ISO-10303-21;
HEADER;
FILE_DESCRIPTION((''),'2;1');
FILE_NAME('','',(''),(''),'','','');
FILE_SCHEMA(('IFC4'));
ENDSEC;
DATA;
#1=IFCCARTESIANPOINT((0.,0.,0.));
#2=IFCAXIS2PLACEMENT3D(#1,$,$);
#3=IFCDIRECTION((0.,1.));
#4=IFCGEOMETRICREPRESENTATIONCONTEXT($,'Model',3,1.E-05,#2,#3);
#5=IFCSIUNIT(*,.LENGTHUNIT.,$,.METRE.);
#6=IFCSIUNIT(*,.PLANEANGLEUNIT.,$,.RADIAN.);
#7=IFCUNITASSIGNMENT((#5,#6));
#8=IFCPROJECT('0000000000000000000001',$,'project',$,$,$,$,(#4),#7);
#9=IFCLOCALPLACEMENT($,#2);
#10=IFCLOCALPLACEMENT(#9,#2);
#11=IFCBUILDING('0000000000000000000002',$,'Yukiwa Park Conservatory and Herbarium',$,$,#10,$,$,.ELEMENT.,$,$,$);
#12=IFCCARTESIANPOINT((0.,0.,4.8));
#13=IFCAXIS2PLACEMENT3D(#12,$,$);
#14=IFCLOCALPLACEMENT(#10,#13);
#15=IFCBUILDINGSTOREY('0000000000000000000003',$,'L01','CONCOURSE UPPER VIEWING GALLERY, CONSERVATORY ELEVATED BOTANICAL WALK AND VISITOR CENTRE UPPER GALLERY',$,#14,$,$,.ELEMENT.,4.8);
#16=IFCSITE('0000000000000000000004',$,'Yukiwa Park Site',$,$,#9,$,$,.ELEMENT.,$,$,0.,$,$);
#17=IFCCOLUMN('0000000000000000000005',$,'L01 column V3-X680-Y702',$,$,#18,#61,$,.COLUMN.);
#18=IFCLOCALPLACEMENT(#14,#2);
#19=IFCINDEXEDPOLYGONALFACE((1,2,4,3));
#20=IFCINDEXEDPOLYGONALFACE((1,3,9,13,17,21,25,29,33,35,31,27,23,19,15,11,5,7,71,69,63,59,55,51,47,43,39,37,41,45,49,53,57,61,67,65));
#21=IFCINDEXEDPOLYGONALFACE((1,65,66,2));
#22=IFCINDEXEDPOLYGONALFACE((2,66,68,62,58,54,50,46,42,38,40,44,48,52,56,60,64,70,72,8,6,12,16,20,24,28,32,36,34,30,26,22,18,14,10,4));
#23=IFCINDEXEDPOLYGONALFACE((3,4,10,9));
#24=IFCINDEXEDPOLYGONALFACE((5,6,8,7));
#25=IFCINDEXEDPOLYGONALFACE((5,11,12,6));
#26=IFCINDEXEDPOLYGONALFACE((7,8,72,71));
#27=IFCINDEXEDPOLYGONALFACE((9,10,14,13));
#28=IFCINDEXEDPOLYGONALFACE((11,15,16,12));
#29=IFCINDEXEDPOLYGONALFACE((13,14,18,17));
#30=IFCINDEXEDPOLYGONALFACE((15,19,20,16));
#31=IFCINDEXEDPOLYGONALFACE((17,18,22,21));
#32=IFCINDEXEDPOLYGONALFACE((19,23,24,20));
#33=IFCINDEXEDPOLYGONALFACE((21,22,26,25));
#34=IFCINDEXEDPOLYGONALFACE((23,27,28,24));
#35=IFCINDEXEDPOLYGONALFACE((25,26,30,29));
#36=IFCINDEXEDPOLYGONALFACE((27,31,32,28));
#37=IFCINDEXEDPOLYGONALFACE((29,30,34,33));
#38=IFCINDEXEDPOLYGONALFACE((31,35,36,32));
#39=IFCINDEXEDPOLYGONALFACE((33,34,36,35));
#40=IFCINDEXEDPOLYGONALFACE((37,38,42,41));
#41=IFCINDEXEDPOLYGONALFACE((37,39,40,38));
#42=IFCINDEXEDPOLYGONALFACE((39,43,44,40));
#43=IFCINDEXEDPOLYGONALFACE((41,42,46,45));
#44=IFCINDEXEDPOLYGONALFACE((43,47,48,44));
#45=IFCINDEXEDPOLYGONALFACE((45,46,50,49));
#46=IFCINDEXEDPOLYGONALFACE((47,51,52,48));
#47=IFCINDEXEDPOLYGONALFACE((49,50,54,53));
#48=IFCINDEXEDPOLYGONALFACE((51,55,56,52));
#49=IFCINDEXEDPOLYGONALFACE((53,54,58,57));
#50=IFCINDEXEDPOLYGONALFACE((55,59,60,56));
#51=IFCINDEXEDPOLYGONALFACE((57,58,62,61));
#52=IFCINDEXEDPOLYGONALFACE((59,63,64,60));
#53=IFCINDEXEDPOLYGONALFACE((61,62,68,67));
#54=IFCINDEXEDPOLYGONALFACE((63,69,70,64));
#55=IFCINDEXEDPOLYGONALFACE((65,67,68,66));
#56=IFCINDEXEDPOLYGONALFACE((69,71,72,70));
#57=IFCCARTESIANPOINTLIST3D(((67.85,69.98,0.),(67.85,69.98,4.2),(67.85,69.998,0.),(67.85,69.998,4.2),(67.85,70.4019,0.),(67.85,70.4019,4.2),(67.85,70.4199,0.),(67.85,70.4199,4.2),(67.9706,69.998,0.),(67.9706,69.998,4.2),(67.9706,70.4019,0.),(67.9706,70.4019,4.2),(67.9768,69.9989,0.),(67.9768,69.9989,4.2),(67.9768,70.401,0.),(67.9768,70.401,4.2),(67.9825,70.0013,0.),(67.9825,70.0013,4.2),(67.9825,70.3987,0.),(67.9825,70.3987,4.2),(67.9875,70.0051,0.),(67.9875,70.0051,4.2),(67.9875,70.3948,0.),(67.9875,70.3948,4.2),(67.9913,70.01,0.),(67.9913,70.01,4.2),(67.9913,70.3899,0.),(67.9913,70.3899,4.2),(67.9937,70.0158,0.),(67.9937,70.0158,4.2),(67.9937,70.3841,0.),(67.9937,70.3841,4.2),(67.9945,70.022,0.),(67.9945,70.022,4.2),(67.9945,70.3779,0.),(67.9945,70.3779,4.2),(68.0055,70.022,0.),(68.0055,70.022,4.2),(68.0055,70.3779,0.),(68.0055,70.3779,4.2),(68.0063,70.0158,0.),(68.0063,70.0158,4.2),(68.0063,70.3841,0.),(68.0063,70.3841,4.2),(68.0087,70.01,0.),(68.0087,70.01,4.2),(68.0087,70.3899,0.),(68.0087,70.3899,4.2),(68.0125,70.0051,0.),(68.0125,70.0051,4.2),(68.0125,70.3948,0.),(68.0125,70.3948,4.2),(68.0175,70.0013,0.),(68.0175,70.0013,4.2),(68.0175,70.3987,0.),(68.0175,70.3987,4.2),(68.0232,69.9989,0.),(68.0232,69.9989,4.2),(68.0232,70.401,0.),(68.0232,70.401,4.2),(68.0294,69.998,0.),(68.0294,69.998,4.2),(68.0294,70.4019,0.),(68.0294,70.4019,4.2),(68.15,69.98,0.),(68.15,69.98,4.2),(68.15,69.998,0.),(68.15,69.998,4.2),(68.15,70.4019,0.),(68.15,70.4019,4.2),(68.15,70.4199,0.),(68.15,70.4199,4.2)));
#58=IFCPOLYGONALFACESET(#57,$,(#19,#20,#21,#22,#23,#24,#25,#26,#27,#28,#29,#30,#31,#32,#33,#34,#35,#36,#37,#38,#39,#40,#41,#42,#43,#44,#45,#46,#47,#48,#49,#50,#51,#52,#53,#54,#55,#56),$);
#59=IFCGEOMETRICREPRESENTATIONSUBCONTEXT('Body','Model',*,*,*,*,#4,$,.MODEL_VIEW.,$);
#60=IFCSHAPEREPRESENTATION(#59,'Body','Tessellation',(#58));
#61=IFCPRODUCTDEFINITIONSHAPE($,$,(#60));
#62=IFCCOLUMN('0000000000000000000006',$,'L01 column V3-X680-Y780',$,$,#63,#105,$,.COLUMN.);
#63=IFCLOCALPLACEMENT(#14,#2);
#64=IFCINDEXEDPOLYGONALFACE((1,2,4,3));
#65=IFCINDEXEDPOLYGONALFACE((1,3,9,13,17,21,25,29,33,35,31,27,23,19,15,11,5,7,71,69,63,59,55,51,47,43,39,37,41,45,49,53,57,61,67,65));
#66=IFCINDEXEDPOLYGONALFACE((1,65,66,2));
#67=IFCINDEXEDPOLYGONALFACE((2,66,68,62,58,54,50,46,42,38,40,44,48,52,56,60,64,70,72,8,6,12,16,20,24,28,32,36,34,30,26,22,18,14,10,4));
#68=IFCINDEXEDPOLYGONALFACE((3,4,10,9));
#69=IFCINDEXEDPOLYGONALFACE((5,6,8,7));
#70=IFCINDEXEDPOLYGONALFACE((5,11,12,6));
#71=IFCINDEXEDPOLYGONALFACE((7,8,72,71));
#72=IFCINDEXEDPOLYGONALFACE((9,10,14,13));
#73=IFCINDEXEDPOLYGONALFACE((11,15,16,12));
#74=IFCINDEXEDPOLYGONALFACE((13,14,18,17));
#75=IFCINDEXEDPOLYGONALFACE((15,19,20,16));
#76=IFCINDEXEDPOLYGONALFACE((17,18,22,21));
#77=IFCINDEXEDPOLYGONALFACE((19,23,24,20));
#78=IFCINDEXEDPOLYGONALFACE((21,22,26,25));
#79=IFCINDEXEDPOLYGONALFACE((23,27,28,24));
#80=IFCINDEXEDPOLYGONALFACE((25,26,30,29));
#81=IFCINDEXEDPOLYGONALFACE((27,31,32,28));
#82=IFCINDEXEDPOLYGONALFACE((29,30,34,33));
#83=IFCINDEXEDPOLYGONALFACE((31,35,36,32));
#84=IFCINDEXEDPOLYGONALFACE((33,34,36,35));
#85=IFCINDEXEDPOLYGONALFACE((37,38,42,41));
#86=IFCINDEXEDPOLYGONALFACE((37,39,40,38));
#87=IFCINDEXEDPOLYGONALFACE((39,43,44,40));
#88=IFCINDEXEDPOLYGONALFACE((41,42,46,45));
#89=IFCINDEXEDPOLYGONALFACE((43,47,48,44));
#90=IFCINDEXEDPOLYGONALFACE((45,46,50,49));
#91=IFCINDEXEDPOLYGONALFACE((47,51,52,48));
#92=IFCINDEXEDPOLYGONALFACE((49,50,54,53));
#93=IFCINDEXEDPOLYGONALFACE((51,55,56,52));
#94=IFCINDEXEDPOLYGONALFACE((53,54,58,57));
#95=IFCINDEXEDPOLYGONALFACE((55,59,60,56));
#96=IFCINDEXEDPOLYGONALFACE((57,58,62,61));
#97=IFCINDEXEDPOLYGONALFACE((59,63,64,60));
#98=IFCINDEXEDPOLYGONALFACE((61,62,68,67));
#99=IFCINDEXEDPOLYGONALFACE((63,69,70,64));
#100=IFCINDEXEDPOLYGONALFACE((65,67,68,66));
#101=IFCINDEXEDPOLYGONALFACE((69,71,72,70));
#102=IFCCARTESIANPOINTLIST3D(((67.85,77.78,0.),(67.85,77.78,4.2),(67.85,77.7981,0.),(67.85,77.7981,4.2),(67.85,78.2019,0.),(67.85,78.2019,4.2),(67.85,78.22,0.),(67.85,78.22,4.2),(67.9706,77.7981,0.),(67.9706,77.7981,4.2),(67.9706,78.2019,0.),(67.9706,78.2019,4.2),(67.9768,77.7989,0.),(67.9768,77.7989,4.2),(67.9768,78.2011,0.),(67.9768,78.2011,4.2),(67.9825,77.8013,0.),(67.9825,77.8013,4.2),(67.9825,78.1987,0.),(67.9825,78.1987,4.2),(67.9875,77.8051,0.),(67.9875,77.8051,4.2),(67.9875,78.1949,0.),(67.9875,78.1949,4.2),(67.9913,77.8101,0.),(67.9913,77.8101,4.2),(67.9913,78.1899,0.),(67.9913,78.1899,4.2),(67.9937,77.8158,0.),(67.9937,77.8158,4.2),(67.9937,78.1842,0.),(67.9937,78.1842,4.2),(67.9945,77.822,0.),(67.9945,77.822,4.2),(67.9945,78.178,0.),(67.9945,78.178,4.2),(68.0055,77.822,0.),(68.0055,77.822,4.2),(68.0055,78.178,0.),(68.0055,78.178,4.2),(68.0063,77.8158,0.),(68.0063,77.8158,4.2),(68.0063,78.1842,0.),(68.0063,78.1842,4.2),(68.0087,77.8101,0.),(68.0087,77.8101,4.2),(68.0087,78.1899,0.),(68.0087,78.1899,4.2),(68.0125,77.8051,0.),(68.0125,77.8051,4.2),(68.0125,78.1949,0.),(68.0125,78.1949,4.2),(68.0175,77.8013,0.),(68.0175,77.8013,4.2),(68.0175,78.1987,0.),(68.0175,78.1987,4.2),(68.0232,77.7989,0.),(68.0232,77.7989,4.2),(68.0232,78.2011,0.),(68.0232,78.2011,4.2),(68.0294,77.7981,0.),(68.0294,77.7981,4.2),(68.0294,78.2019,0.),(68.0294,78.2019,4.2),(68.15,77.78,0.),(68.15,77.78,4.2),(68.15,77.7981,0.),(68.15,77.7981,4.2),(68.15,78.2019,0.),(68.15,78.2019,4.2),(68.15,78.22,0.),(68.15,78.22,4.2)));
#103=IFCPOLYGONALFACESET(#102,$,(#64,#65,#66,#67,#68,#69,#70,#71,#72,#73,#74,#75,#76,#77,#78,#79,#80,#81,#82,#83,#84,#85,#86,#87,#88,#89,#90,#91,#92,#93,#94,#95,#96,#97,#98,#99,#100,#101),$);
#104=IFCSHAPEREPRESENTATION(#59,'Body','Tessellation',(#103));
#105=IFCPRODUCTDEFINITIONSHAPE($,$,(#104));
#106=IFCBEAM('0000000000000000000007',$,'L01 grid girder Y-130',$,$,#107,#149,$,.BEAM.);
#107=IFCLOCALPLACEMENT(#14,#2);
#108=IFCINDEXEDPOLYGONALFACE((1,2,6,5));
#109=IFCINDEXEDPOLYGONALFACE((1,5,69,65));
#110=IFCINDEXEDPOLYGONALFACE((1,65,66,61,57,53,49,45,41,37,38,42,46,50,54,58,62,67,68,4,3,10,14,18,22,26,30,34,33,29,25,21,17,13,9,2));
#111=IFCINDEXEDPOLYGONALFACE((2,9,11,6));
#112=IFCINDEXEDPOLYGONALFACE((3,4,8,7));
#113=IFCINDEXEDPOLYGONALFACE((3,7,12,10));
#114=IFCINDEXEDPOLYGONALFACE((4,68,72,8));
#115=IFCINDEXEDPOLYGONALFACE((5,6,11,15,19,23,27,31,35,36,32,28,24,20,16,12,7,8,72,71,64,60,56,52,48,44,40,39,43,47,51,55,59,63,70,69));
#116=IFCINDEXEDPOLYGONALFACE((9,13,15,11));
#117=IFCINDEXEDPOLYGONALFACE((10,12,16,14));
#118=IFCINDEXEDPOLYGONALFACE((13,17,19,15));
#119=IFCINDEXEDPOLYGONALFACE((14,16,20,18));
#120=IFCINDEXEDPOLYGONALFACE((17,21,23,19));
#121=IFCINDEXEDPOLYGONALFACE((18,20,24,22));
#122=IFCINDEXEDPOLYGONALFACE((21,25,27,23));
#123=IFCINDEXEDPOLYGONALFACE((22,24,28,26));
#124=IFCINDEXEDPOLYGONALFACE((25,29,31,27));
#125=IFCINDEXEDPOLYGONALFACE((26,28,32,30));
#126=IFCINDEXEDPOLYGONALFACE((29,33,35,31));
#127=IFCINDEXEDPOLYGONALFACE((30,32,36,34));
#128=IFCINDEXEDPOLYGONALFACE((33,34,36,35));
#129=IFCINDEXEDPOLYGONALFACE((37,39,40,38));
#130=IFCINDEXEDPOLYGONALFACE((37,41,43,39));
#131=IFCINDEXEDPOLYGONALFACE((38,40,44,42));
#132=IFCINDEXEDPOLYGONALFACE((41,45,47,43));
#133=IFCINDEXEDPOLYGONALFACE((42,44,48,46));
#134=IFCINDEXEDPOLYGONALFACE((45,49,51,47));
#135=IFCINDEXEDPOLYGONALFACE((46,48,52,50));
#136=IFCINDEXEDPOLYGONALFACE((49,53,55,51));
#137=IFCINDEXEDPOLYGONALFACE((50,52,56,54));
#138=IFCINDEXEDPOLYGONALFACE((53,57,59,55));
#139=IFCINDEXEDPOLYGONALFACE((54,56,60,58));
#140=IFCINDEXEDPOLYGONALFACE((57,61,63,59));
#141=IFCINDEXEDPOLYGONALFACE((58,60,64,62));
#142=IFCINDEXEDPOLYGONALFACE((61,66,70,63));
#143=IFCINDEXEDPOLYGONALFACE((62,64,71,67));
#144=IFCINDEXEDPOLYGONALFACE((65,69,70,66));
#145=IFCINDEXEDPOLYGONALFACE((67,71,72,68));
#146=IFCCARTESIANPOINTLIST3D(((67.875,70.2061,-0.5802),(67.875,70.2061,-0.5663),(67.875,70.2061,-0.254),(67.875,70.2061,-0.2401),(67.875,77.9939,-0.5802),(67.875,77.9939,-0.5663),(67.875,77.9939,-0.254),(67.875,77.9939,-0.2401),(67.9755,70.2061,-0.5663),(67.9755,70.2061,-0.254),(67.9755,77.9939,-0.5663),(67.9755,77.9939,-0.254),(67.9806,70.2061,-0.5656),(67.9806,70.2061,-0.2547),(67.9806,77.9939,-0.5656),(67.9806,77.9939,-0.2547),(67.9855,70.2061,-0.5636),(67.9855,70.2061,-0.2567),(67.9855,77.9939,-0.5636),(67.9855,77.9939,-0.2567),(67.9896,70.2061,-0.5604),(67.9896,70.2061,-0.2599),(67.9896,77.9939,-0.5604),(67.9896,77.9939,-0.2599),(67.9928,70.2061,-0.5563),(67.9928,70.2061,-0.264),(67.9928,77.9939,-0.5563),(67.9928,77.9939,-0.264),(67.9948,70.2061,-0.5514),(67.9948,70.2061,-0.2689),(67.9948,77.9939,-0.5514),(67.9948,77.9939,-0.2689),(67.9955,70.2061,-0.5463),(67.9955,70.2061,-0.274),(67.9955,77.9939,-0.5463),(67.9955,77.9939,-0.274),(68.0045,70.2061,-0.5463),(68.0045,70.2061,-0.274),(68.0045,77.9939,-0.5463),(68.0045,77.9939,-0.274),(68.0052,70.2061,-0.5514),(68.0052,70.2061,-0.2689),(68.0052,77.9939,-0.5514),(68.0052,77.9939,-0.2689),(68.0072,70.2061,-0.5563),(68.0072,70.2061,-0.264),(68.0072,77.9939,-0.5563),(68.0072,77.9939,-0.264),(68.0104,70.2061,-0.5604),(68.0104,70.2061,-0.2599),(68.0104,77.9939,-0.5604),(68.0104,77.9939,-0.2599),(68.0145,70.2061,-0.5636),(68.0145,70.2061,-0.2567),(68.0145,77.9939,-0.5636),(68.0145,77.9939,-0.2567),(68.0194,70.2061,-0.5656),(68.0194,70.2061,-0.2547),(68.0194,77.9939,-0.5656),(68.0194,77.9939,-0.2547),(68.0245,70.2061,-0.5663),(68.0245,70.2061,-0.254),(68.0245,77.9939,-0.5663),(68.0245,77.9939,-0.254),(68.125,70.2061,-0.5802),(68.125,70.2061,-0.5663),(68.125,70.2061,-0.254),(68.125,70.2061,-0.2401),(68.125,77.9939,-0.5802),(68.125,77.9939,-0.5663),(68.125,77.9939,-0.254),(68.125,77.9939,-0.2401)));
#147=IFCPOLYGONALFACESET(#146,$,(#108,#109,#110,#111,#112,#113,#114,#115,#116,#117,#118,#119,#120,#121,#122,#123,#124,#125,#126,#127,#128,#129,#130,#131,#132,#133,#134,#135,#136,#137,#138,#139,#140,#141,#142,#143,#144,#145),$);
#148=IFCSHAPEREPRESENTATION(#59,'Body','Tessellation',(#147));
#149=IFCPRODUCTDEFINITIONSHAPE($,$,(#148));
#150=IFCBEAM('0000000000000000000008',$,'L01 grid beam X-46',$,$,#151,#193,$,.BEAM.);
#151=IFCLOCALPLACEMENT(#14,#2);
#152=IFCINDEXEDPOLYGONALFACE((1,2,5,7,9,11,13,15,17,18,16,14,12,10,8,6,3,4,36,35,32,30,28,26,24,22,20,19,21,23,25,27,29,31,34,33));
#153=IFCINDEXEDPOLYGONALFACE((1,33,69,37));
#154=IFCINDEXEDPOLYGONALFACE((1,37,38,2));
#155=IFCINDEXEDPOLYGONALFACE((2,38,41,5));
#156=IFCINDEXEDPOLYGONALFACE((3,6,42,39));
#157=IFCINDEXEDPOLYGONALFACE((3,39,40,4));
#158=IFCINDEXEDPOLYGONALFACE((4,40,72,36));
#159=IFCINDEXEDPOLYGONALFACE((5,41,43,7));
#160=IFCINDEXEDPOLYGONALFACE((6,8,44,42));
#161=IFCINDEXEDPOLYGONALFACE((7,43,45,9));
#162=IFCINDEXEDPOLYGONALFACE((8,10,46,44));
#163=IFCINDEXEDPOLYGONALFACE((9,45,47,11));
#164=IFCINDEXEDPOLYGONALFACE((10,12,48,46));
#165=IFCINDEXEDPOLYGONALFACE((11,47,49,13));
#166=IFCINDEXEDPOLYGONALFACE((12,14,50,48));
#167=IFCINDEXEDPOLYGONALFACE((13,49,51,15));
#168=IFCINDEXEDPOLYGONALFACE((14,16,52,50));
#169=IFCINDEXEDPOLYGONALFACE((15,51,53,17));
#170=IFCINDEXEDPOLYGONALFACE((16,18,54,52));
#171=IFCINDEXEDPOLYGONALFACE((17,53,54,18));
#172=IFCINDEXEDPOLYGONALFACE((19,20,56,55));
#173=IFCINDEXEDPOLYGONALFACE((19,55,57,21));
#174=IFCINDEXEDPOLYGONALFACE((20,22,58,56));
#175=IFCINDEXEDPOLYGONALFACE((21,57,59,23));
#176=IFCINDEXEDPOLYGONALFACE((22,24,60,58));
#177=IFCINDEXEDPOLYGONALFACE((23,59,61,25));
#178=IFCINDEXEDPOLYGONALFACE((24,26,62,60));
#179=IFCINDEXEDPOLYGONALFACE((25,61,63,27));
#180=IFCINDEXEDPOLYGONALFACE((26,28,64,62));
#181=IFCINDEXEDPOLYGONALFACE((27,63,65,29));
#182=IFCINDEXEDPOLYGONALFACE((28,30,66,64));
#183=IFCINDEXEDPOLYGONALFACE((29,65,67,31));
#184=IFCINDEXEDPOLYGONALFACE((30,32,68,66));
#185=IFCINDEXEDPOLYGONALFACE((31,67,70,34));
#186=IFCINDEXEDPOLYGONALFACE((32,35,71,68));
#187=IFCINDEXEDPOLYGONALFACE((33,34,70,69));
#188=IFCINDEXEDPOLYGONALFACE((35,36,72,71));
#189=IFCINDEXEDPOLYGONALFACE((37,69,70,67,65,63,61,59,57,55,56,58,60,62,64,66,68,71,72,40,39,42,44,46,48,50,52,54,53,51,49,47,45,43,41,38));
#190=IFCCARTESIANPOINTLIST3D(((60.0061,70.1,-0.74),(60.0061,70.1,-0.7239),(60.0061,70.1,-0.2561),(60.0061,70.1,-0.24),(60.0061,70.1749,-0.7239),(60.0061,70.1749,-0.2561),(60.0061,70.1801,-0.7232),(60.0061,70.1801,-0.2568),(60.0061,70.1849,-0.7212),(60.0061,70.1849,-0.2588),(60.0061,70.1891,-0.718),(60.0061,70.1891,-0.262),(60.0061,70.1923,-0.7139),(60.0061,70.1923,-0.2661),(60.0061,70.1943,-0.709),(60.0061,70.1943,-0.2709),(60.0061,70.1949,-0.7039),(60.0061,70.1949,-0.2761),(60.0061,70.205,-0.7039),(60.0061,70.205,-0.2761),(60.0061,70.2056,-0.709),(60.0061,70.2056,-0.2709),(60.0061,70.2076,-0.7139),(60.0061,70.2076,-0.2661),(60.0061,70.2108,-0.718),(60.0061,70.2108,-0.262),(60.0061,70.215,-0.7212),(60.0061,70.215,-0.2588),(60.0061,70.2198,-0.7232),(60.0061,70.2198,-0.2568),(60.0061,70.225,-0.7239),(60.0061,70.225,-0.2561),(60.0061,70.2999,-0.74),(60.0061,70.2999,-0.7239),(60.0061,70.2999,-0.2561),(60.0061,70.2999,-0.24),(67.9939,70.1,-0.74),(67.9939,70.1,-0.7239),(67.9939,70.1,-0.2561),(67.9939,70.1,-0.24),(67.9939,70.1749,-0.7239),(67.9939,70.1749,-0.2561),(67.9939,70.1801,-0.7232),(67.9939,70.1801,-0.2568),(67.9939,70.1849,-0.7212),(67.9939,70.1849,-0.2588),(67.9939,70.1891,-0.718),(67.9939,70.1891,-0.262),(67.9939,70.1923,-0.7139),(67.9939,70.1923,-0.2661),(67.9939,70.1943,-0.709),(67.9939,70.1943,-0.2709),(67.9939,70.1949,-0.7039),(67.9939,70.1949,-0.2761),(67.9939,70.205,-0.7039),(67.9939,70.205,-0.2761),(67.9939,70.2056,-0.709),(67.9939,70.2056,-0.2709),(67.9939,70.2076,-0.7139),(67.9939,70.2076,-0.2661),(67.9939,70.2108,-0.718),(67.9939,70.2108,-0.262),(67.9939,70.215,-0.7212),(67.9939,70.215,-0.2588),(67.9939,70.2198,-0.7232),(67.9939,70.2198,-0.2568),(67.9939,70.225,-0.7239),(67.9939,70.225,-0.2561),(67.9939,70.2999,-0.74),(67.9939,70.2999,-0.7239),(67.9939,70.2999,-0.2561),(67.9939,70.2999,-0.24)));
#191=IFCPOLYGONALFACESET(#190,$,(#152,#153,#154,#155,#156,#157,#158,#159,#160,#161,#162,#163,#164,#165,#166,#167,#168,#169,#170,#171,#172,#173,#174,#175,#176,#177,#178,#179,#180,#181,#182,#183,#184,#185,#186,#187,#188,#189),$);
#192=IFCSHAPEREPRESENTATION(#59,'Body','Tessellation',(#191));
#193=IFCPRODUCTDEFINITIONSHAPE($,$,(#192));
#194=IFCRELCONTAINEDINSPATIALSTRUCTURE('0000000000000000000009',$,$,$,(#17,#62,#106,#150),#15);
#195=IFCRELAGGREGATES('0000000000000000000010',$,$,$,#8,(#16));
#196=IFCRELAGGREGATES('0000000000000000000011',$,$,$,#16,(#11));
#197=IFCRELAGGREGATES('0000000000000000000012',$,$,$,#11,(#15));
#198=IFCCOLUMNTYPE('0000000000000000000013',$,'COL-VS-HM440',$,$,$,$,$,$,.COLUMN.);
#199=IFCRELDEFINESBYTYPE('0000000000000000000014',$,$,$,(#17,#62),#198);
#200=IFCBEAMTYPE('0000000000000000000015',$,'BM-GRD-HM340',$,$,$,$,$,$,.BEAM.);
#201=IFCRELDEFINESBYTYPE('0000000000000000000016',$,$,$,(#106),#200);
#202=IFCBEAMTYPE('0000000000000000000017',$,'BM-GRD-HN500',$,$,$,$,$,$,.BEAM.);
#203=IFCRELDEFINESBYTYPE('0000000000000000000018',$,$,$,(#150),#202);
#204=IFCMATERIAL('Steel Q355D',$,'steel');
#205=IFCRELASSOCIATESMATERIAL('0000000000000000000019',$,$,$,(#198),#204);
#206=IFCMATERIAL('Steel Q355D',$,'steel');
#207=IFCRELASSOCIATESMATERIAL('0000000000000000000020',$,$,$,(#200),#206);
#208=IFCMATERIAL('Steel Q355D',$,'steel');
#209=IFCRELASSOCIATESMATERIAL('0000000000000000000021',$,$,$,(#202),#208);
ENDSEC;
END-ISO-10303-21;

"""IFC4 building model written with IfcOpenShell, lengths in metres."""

from ifc_helpers import new_model, si_unit, direction, frame, origin, origin_2d, place, context, subcontext, project, spatial, i_section, extrude, material, material_profile, profile_set, type_object, element, save


model = new_model("IFC4")

# Units and contexts
model_context = context("Model", 3, precision=1e-05, world=origin(), true_north=direction((0.0, 1.0)))
body_context = subcontext(model_context, "Body", "Model", "MODEL_VIEW")
ifc_project = project(units=[si_unit("LENGTHUNIT", "METRE"), si_unit("PLANEANGLEUNIT", "RADIAN")], contexts=[model_context])

# Site, building, storey
site_placement = place(None, origin())
site = spatial("IfcSite", under=ifc_project, at=site_placement, Name="Yukiwa Park Site", CompositionType="ELEMENT", RefElevation=0.0)
building_placement = place(site_placement, origin())
building = spatial("IfcBuilding", under=site, at=building_placement, Name="Yukiwa Park Conservatory and Herbarium", CompositionType="ELEMENT")
storey_placement = place(building_placement, frame((0.0, 0.0, 4.8)))
storey = spatial("IfcBuildingStorey", under=building, at=storey_placement, Name="L01", Description="CONCOURSE UPPER VIEWING GALLERY, CONSERVATORY ELEVATED BOTANICAL WALK AND VISITOR CENTRE UPPER GALLERY", CompositionType="ELEMENT", Elevation=4.8)

# Columns
ifc_material_1 = material(Name="Steel Q355D", Category="steel")
ifc_material_profile_1 = material_profile(ifc_material_1, i_section(OverallWidth=0.3, OverallDepth=0.4399, WebThickness=0.011, FlangeThickness=0.0181, FilletRadius=0.0239, at=origin_2d()), Name="HM 440x300x11x18")
ifc_profile_set_1 = profile_set([ifc_material_profile_1], Name="Steel Q355D")
column_type = type_object("IfcColumnType", Name="COL-VS-HM440", PredefinedType="COLUMN", material=ifc_profile_set_1)
for number, where, z_axis, x_axis, name in (
    (1, (68.0, 70.2, 0.0), (0.0, 0.0, 1.0), (1.0, 0.0, 0.0), "L01 column V3-X680-Y702"),
    (2, (68.0, 78.0, 0.0), (0.0, 0.0, 1.0), (1.0, 0.0, 0.0), "L01 column V3-X680-Y780"),
):
    element("IfcColumn", number, at=place(storey_placement, frame(where, z_axis=z_axis, x_axis=x_axis)), inside=storey, type_object=column_type, Name=name, PredefinedType="COLUMN", context=body_context, shape_type="SweptSolid", body=[
        extrude(i_section(OverallWidth=0.3, OverallDepth=0.4399, WebThickness=0.011, FlangeThickness=0.0181, FilletRadius=0.0239, at=origin_2d()), origin(), (0.0, 0.0, 1.0), 4.2),
    ])

# Beams
ifc_material_2 = material(Name="Steel Q355D", Category="steel")
ifc_material_profile_2 = material_profile(ifc_material_2, i_section(OverallWidth=0.25, OverallDepth=0.3401, WebThickness=0.009, FlangeThickness=0.0139, FilletRadius=0.02, at=origin_2d()), Name="HM 340x250x9x14")
ifc_profile_set_2 = profile_set([ifc_material_profile_2], Name="Steel Q355D")
beam_type_1 = type_object("IfcBeamType", Name="BM-GRD-HM340", PredefinedType="BEAM", material=ifc_profile_set_2)
beam_1_placement = place(storey_placement, frame((68.0, 70.2061, -0.4102), z_axis=(0.0, 1.0, 0.0), x_axis=(-1.0, 0.0, 0.0)))
element("IfcBeam", 3, at=beam_1_placement, inside=storey, type_object=beam_type_1, Name="L01 grid girder Y-130", PredefinedType="BEAM", context=body_context, shape_type="SweptSolid", body=[
    extrude(i_section(OverallWidth=0.25, OverallDepth=0.3401, WebThickness=0.009, FlangeThickness=0.0139, FilletRadius=0.02, at=origin_2d()), origin(), (0.0, 0.0, 1.0), 7.7878),
])
ifc_material_3 = material(Name="Steel Q355D", Category="steel")
ifc_material_profile_3 = material_profile(ifc_material_3, i_section(OverallWidth=0.2, OverallDepth=0.5, WebThickness=0.01, FlangeThickness=0.0161, FilletRadius=0.02, at=origin_2d()), Name="HN 500x200x10x16")
ifc_profile_set_3 = profile_set([ifc_material_profile_3], Name="Steel Q355D")
beam_type_2 = type_object("IfcBeamType", Name="BM-GRD-HN500", PredefinedType="BEAM", material=ifc_profile_set_3)
for number, where, z_axis, x_axis, name in (
    (4, (60.0061, 70.2, -0.49), (1.0, 0.0, 0.0), (0.0, 1.0, 0.0), "L01 grid beam X-46"),
):
    element("IfcBeam", number, at=place(storey_placement, frame(where, z_axis=z_axis, x_axis=x_axis)), inside=storey, type_object=beam_type_2, Name=name, PredefinedType="BEAM", context=body_context, shape_type="SweptSolid", body=[
        extrude(i_section(OverallWidth=0.2, OverallDepth=0.5, WebThickness=0.01, FlangeThickness=0.0161, FilletRadius=0.02, at=origin_2d()), origin(), (0.0, 0.0, 1.0), 7.9878),
    ])

save(model, "model.ifc")
